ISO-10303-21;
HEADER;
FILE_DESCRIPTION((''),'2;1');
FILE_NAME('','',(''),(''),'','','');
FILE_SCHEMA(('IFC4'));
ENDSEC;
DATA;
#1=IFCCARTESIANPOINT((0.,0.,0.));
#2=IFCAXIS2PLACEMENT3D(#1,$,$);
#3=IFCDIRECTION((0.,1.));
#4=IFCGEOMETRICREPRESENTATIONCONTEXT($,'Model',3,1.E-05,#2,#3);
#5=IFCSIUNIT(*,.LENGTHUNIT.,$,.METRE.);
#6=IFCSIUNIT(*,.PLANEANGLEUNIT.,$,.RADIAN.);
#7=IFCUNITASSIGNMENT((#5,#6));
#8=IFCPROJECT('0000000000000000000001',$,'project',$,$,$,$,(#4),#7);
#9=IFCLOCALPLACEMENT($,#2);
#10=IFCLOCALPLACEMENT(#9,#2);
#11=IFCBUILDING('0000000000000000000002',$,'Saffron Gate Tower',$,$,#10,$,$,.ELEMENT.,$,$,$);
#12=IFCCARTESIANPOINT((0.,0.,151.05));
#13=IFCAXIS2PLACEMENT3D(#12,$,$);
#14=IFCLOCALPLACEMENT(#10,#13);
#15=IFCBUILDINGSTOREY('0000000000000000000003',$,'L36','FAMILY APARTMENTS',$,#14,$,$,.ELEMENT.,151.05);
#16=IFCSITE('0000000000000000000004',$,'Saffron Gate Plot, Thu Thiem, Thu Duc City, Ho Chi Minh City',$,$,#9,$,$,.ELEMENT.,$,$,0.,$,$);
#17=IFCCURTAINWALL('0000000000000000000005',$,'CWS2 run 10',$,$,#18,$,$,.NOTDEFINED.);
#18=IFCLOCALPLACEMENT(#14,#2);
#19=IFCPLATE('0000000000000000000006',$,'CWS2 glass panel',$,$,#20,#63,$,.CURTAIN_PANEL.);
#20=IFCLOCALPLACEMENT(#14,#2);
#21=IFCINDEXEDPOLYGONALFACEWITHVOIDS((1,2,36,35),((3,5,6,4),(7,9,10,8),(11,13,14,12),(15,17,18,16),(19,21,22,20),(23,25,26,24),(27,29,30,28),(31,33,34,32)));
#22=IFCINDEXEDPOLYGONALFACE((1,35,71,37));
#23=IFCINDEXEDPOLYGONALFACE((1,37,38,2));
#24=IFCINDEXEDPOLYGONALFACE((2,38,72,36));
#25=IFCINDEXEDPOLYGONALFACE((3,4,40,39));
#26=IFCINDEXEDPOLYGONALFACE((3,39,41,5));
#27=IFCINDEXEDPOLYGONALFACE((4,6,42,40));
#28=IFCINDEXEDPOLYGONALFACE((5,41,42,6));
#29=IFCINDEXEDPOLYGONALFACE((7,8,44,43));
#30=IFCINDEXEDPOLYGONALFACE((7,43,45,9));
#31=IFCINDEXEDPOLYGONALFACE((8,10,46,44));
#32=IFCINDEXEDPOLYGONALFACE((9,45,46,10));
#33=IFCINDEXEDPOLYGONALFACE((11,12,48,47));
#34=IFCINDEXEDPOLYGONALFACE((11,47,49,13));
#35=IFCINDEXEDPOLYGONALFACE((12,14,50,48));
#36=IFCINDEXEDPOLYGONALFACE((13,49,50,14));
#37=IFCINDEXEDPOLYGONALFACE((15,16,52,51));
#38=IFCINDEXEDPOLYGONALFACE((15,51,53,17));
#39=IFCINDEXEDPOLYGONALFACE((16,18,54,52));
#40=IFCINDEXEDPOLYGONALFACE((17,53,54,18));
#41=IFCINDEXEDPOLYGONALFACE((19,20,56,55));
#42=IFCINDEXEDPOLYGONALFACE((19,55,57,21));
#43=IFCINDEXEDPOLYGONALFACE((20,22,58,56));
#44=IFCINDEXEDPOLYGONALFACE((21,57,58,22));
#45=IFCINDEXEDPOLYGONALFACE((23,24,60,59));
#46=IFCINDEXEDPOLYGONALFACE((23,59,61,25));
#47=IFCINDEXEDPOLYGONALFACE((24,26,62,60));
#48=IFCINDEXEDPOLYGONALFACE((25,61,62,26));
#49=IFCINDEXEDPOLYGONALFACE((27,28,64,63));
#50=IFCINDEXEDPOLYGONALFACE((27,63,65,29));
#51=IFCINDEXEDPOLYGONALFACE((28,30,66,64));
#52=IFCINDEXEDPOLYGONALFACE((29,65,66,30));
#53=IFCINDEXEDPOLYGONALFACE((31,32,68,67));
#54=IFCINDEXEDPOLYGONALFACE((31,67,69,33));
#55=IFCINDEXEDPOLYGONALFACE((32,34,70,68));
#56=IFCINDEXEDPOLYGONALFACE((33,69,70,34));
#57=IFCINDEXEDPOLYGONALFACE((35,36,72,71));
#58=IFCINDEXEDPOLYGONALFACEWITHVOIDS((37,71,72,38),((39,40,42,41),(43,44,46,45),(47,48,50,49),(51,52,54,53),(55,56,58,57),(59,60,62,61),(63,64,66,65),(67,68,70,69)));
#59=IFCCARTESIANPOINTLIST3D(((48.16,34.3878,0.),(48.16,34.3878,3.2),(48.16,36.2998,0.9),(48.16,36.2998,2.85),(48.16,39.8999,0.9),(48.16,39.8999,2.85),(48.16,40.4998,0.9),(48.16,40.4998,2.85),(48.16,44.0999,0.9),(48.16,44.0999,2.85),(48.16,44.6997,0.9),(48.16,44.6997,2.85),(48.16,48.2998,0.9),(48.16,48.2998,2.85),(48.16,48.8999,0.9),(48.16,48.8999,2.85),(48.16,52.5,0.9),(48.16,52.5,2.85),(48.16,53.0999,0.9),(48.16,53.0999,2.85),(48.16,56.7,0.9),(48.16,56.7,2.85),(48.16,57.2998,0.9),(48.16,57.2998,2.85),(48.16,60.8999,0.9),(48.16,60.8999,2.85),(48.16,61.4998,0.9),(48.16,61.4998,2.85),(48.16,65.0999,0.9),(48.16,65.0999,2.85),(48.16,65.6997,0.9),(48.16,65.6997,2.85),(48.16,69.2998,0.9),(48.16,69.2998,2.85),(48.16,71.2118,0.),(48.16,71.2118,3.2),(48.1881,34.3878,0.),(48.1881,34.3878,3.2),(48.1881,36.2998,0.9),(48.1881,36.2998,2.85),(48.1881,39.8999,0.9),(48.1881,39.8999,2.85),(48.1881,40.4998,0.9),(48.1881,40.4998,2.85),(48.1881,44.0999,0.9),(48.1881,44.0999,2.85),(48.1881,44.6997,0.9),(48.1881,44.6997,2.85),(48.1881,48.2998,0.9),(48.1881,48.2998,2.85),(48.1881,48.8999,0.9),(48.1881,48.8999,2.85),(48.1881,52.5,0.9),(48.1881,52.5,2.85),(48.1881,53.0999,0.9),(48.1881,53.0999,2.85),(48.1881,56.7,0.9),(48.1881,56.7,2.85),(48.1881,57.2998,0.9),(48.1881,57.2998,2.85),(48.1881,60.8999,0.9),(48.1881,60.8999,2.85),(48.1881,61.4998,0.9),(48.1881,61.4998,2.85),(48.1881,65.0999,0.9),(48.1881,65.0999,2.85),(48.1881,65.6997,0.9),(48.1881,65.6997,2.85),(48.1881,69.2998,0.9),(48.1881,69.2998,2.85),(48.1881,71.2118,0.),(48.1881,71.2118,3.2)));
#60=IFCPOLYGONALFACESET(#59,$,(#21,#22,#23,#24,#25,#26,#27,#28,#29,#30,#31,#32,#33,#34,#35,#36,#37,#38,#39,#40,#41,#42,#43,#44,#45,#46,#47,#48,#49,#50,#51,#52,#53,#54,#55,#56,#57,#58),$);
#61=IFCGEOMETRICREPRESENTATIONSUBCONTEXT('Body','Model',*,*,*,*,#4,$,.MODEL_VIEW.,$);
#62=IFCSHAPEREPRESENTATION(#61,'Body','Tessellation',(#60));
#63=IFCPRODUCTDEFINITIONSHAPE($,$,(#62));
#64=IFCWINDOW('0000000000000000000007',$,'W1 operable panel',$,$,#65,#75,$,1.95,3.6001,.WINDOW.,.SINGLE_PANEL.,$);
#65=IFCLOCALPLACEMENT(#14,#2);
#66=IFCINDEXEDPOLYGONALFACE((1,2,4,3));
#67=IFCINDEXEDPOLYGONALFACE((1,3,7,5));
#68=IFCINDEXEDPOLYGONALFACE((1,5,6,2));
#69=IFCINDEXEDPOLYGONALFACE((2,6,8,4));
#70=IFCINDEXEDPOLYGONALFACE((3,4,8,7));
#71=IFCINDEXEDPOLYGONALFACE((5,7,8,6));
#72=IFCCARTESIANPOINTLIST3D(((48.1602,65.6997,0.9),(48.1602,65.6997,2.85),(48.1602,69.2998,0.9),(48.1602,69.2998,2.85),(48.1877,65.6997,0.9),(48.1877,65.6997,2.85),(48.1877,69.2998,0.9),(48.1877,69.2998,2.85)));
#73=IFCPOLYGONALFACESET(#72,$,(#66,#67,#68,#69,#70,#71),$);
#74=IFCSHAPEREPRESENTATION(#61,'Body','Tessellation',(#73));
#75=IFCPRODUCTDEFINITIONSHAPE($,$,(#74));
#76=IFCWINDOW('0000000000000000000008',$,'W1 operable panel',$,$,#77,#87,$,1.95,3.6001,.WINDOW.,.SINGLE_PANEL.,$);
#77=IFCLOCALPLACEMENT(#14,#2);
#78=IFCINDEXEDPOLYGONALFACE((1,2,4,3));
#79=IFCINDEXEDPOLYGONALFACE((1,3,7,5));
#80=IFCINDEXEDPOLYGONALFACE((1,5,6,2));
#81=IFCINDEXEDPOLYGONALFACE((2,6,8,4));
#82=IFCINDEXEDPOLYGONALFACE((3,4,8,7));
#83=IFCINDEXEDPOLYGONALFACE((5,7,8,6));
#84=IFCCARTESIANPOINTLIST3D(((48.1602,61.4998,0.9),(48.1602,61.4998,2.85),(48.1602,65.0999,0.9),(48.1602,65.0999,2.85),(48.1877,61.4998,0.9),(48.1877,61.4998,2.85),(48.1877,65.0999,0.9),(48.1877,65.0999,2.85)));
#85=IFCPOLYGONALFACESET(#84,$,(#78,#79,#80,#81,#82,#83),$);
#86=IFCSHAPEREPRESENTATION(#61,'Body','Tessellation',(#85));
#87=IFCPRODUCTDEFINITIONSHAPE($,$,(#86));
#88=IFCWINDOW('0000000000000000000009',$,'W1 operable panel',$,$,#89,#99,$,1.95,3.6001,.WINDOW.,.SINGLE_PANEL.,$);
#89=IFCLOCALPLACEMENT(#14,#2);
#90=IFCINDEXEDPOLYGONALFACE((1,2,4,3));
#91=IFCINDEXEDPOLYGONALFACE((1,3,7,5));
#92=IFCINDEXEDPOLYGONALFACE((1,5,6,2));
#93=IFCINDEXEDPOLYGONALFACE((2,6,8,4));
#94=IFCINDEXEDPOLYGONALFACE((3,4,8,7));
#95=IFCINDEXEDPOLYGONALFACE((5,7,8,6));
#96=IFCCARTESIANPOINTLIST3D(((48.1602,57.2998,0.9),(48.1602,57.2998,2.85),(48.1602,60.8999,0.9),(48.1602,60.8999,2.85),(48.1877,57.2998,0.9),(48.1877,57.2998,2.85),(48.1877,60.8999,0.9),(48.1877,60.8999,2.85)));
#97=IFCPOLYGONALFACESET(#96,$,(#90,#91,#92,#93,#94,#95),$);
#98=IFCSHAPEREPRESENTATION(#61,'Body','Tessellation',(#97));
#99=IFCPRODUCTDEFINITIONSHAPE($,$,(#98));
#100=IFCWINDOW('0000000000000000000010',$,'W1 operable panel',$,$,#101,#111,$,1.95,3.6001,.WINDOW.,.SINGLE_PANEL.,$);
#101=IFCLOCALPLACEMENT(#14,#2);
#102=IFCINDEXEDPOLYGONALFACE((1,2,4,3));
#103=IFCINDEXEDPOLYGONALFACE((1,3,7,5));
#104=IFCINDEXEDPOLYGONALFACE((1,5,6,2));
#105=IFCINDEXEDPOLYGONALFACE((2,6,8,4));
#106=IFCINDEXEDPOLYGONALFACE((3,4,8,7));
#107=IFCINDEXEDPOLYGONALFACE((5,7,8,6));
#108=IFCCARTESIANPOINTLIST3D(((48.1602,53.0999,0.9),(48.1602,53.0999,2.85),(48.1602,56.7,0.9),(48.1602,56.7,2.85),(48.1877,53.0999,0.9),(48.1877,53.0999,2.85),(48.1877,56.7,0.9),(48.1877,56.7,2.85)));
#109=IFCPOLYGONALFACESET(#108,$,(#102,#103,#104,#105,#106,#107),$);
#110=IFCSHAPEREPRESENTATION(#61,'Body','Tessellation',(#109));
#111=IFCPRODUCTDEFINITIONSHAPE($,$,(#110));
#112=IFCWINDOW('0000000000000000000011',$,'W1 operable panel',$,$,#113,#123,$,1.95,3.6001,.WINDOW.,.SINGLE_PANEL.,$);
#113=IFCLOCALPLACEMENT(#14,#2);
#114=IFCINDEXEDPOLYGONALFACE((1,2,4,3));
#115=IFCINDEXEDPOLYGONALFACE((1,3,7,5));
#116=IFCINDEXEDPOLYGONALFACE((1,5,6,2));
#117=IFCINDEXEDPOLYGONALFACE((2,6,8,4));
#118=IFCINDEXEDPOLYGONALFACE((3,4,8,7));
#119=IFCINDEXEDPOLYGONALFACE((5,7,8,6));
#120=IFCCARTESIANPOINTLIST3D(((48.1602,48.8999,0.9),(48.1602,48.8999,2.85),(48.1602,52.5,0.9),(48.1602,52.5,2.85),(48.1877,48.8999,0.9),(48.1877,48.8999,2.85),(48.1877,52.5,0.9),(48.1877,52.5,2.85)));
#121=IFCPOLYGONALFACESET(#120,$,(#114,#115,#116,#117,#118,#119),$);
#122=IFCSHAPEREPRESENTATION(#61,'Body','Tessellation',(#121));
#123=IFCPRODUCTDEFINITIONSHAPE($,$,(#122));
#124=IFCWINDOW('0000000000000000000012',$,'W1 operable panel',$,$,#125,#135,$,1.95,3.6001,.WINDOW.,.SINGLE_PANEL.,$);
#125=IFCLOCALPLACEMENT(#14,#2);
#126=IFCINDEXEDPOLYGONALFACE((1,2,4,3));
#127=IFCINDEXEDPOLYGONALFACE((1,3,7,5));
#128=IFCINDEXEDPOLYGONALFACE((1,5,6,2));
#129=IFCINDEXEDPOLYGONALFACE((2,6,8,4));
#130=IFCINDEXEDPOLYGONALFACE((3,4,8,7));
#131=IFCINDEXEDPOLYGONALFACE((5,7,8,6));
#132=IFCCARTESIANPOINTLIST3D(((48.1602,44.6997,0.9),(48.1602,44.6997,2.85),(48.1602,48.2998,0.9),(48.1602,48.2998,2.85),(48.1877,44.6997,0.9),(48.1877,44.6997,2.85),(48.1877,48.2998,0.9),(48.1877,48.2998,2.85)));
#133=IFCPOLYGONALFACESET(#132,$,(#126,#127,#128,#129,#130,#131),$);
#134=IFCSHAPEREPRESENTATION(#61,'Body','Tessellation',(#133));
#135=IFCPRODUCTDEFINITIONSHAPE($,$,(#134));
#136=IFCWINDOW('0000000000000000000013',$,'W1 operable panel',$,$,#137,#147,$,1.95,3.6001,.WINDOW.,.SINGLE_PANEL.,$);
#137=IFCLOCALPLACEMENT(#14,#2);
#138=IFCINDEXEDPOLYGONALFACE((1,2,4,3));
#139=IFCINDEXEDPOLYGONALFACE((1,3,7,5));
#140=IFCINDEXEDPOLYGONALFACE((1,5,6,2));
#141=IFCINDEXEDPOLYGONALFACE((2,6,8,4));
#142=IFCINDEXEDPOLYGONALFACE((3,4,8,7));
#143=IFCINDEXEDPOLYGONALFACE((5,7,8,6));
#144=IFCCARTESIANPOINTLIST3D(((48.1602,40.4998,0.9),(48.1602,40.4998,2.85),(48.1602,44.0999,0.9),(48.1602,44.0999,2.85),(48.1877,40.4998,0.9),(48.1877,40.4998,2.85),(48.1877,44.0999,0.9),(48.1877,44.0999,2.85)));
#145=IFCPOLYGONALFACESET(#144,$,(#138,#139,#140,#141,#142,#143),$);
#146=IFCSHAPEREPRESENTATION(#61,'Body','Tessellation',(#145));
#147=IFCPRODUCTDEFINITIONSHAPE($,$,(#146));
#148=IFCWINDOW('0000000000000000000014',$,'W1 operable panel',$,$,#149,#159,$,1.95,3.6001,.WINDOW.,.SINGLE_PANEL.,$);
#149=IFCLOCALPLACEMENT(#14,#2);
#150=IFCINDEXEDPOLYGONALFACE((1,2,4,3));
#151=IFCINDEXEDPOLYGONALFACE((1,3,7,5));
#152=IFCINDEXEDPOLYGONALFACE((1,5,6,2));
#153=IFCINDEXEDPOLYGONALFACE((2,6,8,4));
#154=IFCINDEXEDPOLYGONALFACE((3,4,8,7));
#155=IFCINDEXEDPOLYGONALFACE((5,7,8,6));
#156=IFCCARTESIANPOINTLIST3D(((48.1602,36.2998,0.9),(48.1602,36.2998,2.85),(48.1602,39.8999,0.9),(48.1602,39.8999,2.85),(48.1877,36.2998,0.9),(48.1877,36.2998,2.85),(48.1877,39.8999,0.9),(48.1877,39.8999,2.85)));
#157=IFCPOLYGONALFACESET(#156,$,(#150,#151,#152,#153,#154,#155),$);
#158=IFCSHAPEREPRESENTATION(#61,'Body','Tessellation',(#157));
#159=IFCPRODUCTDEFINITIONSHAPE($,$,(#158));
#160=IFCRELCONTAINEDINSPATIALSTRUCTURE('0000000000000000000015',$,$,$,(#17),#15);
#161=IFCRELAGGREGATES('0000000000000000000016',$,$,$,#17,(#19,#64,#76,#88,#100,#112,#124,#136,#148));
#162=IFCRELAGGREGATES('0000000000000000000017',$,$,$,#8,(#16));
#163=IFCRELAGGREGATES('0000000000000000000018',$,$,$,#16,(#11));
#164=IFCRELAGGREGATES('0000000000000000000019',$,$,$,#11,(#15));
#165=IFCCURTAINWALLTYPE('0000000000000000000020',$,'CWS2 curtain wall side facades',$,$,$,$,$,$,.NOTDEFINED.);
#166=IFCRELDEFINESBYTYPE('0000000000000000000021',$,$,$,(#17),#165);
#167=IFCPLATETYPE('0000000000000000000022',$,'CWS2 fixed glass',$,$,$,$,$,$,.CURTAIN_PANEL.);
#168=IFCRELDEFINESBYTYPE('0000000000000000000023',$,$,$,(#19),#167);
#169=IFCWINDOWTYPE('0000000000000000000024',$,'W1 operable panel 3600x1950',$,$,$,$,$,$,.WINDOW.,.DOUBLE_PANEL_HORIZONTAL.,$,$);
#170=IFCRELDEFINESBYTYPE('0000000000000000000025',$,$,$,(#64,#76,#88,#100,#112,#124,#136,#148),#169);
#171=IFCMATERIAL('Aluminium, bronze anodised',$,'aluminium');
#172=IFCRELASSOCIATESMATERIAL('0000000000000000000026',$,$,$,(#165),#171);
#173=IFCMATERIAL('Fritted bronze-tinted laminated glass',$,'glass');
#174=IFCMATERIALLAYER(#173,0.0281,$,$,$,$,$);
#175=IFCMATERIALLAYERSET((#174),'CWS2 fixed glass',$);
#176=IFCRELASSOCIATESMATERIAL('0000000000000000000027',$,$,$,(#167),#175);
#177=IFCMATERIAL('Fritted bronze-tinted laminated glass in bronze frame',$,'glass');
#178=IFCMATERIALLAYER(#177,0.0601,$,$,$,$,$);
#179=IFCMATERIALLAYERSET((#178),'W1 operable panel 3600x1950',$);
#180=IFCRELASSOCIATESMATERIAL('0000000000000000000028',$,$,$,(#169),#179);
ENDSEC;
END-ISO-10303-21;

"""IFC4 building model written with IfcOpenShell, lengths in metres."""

from ifc_helpers import new_model, si_unit, direction, frame, frame_2d, origin, place, context, subcontext, project, spatial, rectangle, extrude, material, layer, layer_set, type_object, element, fill, aggregate, save


model = new_model("IFC4")

# Units and contexts
model_context = context("Model", 3, precision=1e-05, world=origin(), true_north=direction((0.0, 1.0)))
body_context = subcontext(model_context, "Body", "Model", "MODEL_VIEW")
ifc_project = project(units=[si_unit("LENGTHUNIT", "METRE"), si_unit("PLANEANGLEUNIT", "RADIAN")], contexts=[model_context])

# Site, building, storey
site_placement = place(None, origin())
site = spatial("IfcSite", under=ifc_project, at=site_placement, Name="Saffron Gate Plot, Thu Thiem, Thu Duc City, Ho Chi Minh City", CompositionType="ELEMENT", RefElevation=0.0)
building_placement = place(site_placement, origin())
building = spatial("IfcBuilding", under=site, at=building_placement, Name="Saffron Gate Tower", CompositionType="ELEMENT")
storey_placement = place(building_placement, frame((0.0, 0.0, 151.05)))
storey = spatial("IfcBuildingStorey", under=building, at=storey_placement, Name="L36", Description="FAMILY APARTMENTS", CompositionType="ELEMENT", Elevation=151.05)

# Curtain wall
ifc_material_1 = material(Name="Aluminium, bronze anodised", Category="aluminium")
curtain_wall_type_1 = type_object("IfcCurtainWallType", Name="CWS2 curtain wall side facades", PredefinedType="NOTDEFINED", material=ifc_material_1)
curtain_wall_1_placement = place(storey_placement, origin())
curtain_wall_1 = element("IfcCurtainWall", 1, at=curtain_wall_1_placement, inside=storey, type_object=curtain_wall_type_1, Name="CWS2 run 10", PredefinedType="NOTDEFINED")

# Plate, openings, windows
ifc_material_2 = material(Name="Fritted bronze-tinted laminated glass", Category="glass")
ifc_layer_1 = layer(ifc_material_2, 0.0281)
ifc_layer_set_1 = layer_set([ifc_layer_1], Name="CWS2 fixed glass")
plate_type_1 = type_object("IfcPlateType", Name="CWS2 fixed glass", PredefinedType="CURTAIN_PANEL", material=ifc_layer_set_1)
plate_1_placement = place(storey_placement, frame((48.1741, 71.2119, 0.0), z_axis=(0.0, 0.0, 1.0), x_axis=(0.0, -1.0, 0.0)))
plate_1 = element("IfcPlate", 2, at=plate_1_placement, type_object=plate_type_1, Name="CWS2 glass panel", PredefinedType="CURTAIN_PANEL", context=body_context, shape_type="SweptSolid", body=[
    extrude(rectangle(XDim=36.824, YDim=0.0281, at=frame_2d((18.4121, 0.0))), origin(), (0.0, 0.0, 1.0), 3.2),
])
opening_1_placement = place(plate_1_placement, frame((1.9121, 0.0, 0.8999)))
opening_1 = element("IfcOpeningElement", 3, at=opening_1_placement, cuts=plate_1, PredefinedType="OPENING", context=body_context, shape_type="SweptSolid", body=[
    extrude(rectangle(XDim=3.6001, YDim=1.95, at=frame_2d((1.8, 0.9751))), frame((0.0, 0.0239, 0.0), z_axis=(0.0, -1.0, 0.0), x_axis=(1.0, 0.0, 0.0)), (0.0, 0.0, 1.0), 0.0481),
])
opening_2_placement = place(plate_1_placement, frame((6.1121, 0.0, 0.8999)))
opening_2 = element("IfcOpeningElement", 4, at=opening_2_placement, cuts=plate_1, PredefinedType="OPENING", context=body_context, shape_type="SweptSolid", body=[
    extrude(rectangle(XDim=3.6001, YDim=1.95, at=frame_2d((1.8, 0.9751))), frame((0.0, 0.0239, 0.0), z_axis=(0.0, -1.0, 0.0), x_axis=(1.0, 0.0, 0.0)), (0.0, 0.0, 1.0), 0.0481),
])
opening_3_placement = place(plate_1_placement, frame((10.312, 0.0, 0.8999)))
opening_3 = element("IfcOpeningElement", 5, at=opening_3_placement, cuts=plate_1, PredefinedType="OPENING", context=body_context, shape_type="SweptSolid", body=[
    extrude(rectangle(XDim=3.6001, YDim=1.95, at=frame_2d((1.8, 0.9751))), frame((0.0, 0.0239, 0.0), z_axis=(0.0, -1.0, 0.0), x_axis=(1.0, 0.0, 0.0)), (0.0, 0.0, 1.0), 0.0481),
])
opening_4_placement = place(plate_1_placement, frame((14.512, 0.0, 0.8999)))
opening_4 = element("IfcOpeningElement", 6, at=opening_4_placement, cuts=plate_1, PredefinedType="OPENING", context=body_context, shape_type="SweptSolid", body=[
    extrude(rectangle(XDim=3.6001, YDim=1.95, at=frame_2d((1.8, 0.9751))), frame((0.0, 0.0239, 0.0), z_axis=(0.0, -1.0, 0.0), x_axis=(1.0, 0.0, 0.0)), (0.0, 0.0, 1.0), 0.0481),
])
opening_5_placement = place(plate_1_placement, frame((18.7119, 0.0, 0.8999)))
opening_5 = element("IfcOpeningElement", 7, at=opening_5_placement, cuts=plate_1, PredefinedType="OPENING", context=body_context, shape_type="SweptSolid", body=[
    extrude(rectangle(XDim=3.6001, YDim=1.95, at=frame_2d((1.8, 0.9751))), frame((0.0, 0.0239, 0.0), z_axis=(0.0, -1.0, 0.0), x_axis=(1.0, 0.0, 0.0)), (0.0, 0.0, 1.0), 0.0481),
])
opening_6_placement = place(plate_1_placement, frame((22.9121, 0.0, 0.8999)))
opening_6 = element("IfcOpeningElement", 8, at=opening_6_placement, cuts=plate_1, PredefinedType="OPENING", context=body_context, shape_type="SweptSolid", body=[
    extrude(rectangle(XDim=3.6001, YDim=1.95, at=frame_2d((1.8, 0.9751))), frame((0.0, 0.0239, 0.0), z_axis=(0.0, -1.0, 0.0), x_axis=(1.0, 0.0, 0.0)), (0.0, 0.0, 1.0), 0.0481),
])
opening_7_placement = place(plate_1_placement, frame((27.1121, 0.0, 0.8999)))
opening_7 = element("IfcOpeningElement", 9, at=opening_7_placement, cuts=plate_1, PredefinedType="OPENING", context=body_context, shape_type="SweptSolid", body=[
    extrude(rectangle(XDim=3.6001, YDim=1.95, at=frame_2d((1.8, 0.9751))), frame((0.0, 0.0239, 0.0), z_axis=(0.0, -1.0, 0.0), x_axis=(1.0, 0.0, 0.0)), (0.0, 0.0, 1.0), 0.0481),
])
opening_8_placement = place(plate_1_placement, frame((31.312, 0.0, 0.8999)))
opening_8 = element("IfcOpeningElement", 10, at=opening_8_placement, cuts=plate_1, PredefinedType="OPENING", context=body_context, shape_type="SweptSolid", body=[
    extrude(rectangle(XDim=3.6001, YDim=1.95, at=frame_2d((1.8, 0.9751))), frame((0.0, 0.0239, 0.0), z_axis=(0.0, -1.0, 0.0), x_axis=(1.0, 0.0, 0.0)), (0.0, 0.0, 1.0), 0.0481),
])
ifc_material_3 = material(Name="Fritted bronze-tinted laminated glass in bronze frame", Category="glass")
ifc_layer_2 = layer(ifc_material_3, 0.0601)
ifc_layer_set_2 = layer_set([ifc_layer_2], Name="W1 operable panel 3600x1950")
window_type = type_object("IfcWindowType", Name="W1 operable panel 3600x1950", PartitioningType="DOUBLE_PANEL_HORIZONTAL", PredefinedType="WINDOW", material=ifc_layer_set_2)
window_1_placement = place(opening_1_placement, origin())
window_1 = element("IfcWindow", 11, at=window_1_placement, type_object=window_type, Name="W1 operable panel", OverallHeight=1.95, OverallWidth=3.6001, PartitioningType="SINGLE_PANEL", PredefinedType="WINDOW", context=body_context, shape_type="SweptSolid", body=[
    extrude(rectangle(XDim=3.6001, YDim=1.95, at=frame_2d((1.8, 0.9751))), frame((0.0, 0.0137, 0.0), z_axis=(0.0, -1.0, 0.0), x_axis=(1.0, 0.0, 0.0)), (0.0, 0.0, 1.0), 0.0276),
])
fill(opening_1, window_1)
window_2_placement = place(opening_2_placement, origin())
window_2 = element("IfcWindow", 12, at=window_2_placement, type_object=window_type, Name="W1 operable panel", OverallHeight=1.95, OverallWidth=3.6001, PartitioningType="SINGLE_PANEL", PredefinedType="WINDOW", context=body_context, shape_type="SweptSolid", body=[
    extrude(rectangle(XDim=3.6001, YDim=1.95, at=frame_2d((1.8, 0.9751))), frame((0.0, 0.0137, 0.0), z_axis=(0.0, -1.0, 0.0), x_axis=(1.0, 0.0, 0.0)), (0.0, 0.0, 1.0), 0.0276),
])
fill(opening_2, window_2)
window_3_placement = place(opening_3_placement, origin())
window_3 = element("IfcWindow", 13, at=window_3_placement, type_object=window_type, Name="W1 operable panel", OverallHeight=1.95, OverallWidth=3.6001, PartitioningType="SINGLE_PANEL", PredefinedType="WINDOW", context=body_context, shape_type="SweptSolid", body=[
    extrude(rectangle(XDim=3.6001, YDim=1.95, at=frame_2d((1.8, 0.9751))), frame((0.0, 0.0137, 0.0), z_axis=(0.0, -1.0, 0.0), x_axis=(1.0, 0.0, 0.0)), (0.0, 0.0, 1.0), 0.0276),
])
fill(opening_3, window_3)
window_4_placement = place(opening_4_placement, origin())
window_4 = element("IfcWindow", 14, at=window_4_placement, type_object=window_type, Name="W1 operable panel", OverallHeight=1.95, OverallWidth=3.6001, PartitioningType="SINGLE_PANEL", PredefinedType="WINDOW", context=body_context, shape_type="SweptSolid", body=[
    extrude(rectangle(XDim=3.6001, YDim=1.95, at=frame_2d((1.8, 0.9751))), frame((0.0, 0.0137, 0.0), z_axis=(0.0, -1.0, 0.0), x_axis=(1.0, 0.0, 0.0)), (0.0, 0.0, 1.0), 0.0276),
])
fill(opening_4, window_4)
window_5_placement = place(opening_5_placement, origin())
window_5 = element("IfcWindow", 15, at=window_5_placement, type_object=window_type, Name="W1 operable panel", OverallHeight=1.95, OverallWidth=3.6001, PartitioningType="SINGLE_PANEL", PredefinedType="WINDOW", context=body_context, shape_type="SweptSolid", body=[
    extrude(rectangle(XDim=3.6001, YDim=1.95, at=frame_2d((1.8, 0.9751))), frame((0.0, 0.0137, 0.0), z_axis=(0.0, -1.0, 0.0), x_axis=(1.0, 0.0, 0.0)), (0.0, 0.0, 1.0), 0.0276),
])
fill(opening_5, window_5)
window_6_placement = place(opening_6_placement, origin())
window_6 = element("IfcWindow", 16, at=window_6_placement, type_object=window_type, Name="W1 operable panel", OverallHeight=1.95, OverallWidth=3.6001, PartitioningType="SINGLE_PANEL", PredefinedType="WINDOW", context=body_context, shape_type="SweptSolid", body=[
    extrude(rectangle(XDim=3.6001, YDim=1.95, at=frame_2d((1.8, 0.9751))), frame((0.0, 0.0137, 0.0), z_axis=(0.0, -1.0, 0.0), x_axis=(1.0, 0.0, 0.0)), (0.0, 0.0, 1.0), 0.0276),
])
fill(opening_6, window_6)
window_7_placement = place(opening_7_placement, origin())
window_7 = element("IfcWindow", 17, at=window_7_placement, type_object=window_type, Name="W1 operable panel", OverallHeight=1.95, OverallWidth=3.6001, PartitioningType="SINGLE_PANEL", PredefinedType="WINDOW", context=body_context, shape_type="SweptSolid", body=[
    extrude(rectangle(XDim=3.6001, YDim=1.95, at=frame_2d((1.8, 0.9751))), frame((0.0, 0.0137, 0.0), z_axis=(0.0, -1.0, 0.0), x_axis=(1.0, 0.0, 0.0)), (0.0, 0.0, 1.0), 0.0276),
])
fill(opening_7, window_7)
window_8_placement = place(opening_8_placement, origin())
window_8 = element("IfcWindow", 18, at=window_8_placement, type_object=window_type, Name="W1 operable panel", OverallHeight=1.95, OverallWidth=3.6001, PartitioningType="SINGLE_PANEL", PredefinedType="WINDOW", context=body_context, shape_type="SweptSolid", body=[
    extrude(rectangle(XDim=3.6001, YDim=1.95, at=frame_2d((1.8, 0.9751))), frame((0.0, 0.0137, 0.0), z_axis=(0.0, -1.0, 0.0), x_axis=(1.0, 0.0, 0.0)), (0.0, 0.0, 1.0), 0.0276),
])
fill(opening_8, window_8)
aggregate(curtain_wall_1, [plate_1, window_1, window_2, window_3, window_4, window_5, window_6, window_7, window_8])

save(model, "model.ifc")
